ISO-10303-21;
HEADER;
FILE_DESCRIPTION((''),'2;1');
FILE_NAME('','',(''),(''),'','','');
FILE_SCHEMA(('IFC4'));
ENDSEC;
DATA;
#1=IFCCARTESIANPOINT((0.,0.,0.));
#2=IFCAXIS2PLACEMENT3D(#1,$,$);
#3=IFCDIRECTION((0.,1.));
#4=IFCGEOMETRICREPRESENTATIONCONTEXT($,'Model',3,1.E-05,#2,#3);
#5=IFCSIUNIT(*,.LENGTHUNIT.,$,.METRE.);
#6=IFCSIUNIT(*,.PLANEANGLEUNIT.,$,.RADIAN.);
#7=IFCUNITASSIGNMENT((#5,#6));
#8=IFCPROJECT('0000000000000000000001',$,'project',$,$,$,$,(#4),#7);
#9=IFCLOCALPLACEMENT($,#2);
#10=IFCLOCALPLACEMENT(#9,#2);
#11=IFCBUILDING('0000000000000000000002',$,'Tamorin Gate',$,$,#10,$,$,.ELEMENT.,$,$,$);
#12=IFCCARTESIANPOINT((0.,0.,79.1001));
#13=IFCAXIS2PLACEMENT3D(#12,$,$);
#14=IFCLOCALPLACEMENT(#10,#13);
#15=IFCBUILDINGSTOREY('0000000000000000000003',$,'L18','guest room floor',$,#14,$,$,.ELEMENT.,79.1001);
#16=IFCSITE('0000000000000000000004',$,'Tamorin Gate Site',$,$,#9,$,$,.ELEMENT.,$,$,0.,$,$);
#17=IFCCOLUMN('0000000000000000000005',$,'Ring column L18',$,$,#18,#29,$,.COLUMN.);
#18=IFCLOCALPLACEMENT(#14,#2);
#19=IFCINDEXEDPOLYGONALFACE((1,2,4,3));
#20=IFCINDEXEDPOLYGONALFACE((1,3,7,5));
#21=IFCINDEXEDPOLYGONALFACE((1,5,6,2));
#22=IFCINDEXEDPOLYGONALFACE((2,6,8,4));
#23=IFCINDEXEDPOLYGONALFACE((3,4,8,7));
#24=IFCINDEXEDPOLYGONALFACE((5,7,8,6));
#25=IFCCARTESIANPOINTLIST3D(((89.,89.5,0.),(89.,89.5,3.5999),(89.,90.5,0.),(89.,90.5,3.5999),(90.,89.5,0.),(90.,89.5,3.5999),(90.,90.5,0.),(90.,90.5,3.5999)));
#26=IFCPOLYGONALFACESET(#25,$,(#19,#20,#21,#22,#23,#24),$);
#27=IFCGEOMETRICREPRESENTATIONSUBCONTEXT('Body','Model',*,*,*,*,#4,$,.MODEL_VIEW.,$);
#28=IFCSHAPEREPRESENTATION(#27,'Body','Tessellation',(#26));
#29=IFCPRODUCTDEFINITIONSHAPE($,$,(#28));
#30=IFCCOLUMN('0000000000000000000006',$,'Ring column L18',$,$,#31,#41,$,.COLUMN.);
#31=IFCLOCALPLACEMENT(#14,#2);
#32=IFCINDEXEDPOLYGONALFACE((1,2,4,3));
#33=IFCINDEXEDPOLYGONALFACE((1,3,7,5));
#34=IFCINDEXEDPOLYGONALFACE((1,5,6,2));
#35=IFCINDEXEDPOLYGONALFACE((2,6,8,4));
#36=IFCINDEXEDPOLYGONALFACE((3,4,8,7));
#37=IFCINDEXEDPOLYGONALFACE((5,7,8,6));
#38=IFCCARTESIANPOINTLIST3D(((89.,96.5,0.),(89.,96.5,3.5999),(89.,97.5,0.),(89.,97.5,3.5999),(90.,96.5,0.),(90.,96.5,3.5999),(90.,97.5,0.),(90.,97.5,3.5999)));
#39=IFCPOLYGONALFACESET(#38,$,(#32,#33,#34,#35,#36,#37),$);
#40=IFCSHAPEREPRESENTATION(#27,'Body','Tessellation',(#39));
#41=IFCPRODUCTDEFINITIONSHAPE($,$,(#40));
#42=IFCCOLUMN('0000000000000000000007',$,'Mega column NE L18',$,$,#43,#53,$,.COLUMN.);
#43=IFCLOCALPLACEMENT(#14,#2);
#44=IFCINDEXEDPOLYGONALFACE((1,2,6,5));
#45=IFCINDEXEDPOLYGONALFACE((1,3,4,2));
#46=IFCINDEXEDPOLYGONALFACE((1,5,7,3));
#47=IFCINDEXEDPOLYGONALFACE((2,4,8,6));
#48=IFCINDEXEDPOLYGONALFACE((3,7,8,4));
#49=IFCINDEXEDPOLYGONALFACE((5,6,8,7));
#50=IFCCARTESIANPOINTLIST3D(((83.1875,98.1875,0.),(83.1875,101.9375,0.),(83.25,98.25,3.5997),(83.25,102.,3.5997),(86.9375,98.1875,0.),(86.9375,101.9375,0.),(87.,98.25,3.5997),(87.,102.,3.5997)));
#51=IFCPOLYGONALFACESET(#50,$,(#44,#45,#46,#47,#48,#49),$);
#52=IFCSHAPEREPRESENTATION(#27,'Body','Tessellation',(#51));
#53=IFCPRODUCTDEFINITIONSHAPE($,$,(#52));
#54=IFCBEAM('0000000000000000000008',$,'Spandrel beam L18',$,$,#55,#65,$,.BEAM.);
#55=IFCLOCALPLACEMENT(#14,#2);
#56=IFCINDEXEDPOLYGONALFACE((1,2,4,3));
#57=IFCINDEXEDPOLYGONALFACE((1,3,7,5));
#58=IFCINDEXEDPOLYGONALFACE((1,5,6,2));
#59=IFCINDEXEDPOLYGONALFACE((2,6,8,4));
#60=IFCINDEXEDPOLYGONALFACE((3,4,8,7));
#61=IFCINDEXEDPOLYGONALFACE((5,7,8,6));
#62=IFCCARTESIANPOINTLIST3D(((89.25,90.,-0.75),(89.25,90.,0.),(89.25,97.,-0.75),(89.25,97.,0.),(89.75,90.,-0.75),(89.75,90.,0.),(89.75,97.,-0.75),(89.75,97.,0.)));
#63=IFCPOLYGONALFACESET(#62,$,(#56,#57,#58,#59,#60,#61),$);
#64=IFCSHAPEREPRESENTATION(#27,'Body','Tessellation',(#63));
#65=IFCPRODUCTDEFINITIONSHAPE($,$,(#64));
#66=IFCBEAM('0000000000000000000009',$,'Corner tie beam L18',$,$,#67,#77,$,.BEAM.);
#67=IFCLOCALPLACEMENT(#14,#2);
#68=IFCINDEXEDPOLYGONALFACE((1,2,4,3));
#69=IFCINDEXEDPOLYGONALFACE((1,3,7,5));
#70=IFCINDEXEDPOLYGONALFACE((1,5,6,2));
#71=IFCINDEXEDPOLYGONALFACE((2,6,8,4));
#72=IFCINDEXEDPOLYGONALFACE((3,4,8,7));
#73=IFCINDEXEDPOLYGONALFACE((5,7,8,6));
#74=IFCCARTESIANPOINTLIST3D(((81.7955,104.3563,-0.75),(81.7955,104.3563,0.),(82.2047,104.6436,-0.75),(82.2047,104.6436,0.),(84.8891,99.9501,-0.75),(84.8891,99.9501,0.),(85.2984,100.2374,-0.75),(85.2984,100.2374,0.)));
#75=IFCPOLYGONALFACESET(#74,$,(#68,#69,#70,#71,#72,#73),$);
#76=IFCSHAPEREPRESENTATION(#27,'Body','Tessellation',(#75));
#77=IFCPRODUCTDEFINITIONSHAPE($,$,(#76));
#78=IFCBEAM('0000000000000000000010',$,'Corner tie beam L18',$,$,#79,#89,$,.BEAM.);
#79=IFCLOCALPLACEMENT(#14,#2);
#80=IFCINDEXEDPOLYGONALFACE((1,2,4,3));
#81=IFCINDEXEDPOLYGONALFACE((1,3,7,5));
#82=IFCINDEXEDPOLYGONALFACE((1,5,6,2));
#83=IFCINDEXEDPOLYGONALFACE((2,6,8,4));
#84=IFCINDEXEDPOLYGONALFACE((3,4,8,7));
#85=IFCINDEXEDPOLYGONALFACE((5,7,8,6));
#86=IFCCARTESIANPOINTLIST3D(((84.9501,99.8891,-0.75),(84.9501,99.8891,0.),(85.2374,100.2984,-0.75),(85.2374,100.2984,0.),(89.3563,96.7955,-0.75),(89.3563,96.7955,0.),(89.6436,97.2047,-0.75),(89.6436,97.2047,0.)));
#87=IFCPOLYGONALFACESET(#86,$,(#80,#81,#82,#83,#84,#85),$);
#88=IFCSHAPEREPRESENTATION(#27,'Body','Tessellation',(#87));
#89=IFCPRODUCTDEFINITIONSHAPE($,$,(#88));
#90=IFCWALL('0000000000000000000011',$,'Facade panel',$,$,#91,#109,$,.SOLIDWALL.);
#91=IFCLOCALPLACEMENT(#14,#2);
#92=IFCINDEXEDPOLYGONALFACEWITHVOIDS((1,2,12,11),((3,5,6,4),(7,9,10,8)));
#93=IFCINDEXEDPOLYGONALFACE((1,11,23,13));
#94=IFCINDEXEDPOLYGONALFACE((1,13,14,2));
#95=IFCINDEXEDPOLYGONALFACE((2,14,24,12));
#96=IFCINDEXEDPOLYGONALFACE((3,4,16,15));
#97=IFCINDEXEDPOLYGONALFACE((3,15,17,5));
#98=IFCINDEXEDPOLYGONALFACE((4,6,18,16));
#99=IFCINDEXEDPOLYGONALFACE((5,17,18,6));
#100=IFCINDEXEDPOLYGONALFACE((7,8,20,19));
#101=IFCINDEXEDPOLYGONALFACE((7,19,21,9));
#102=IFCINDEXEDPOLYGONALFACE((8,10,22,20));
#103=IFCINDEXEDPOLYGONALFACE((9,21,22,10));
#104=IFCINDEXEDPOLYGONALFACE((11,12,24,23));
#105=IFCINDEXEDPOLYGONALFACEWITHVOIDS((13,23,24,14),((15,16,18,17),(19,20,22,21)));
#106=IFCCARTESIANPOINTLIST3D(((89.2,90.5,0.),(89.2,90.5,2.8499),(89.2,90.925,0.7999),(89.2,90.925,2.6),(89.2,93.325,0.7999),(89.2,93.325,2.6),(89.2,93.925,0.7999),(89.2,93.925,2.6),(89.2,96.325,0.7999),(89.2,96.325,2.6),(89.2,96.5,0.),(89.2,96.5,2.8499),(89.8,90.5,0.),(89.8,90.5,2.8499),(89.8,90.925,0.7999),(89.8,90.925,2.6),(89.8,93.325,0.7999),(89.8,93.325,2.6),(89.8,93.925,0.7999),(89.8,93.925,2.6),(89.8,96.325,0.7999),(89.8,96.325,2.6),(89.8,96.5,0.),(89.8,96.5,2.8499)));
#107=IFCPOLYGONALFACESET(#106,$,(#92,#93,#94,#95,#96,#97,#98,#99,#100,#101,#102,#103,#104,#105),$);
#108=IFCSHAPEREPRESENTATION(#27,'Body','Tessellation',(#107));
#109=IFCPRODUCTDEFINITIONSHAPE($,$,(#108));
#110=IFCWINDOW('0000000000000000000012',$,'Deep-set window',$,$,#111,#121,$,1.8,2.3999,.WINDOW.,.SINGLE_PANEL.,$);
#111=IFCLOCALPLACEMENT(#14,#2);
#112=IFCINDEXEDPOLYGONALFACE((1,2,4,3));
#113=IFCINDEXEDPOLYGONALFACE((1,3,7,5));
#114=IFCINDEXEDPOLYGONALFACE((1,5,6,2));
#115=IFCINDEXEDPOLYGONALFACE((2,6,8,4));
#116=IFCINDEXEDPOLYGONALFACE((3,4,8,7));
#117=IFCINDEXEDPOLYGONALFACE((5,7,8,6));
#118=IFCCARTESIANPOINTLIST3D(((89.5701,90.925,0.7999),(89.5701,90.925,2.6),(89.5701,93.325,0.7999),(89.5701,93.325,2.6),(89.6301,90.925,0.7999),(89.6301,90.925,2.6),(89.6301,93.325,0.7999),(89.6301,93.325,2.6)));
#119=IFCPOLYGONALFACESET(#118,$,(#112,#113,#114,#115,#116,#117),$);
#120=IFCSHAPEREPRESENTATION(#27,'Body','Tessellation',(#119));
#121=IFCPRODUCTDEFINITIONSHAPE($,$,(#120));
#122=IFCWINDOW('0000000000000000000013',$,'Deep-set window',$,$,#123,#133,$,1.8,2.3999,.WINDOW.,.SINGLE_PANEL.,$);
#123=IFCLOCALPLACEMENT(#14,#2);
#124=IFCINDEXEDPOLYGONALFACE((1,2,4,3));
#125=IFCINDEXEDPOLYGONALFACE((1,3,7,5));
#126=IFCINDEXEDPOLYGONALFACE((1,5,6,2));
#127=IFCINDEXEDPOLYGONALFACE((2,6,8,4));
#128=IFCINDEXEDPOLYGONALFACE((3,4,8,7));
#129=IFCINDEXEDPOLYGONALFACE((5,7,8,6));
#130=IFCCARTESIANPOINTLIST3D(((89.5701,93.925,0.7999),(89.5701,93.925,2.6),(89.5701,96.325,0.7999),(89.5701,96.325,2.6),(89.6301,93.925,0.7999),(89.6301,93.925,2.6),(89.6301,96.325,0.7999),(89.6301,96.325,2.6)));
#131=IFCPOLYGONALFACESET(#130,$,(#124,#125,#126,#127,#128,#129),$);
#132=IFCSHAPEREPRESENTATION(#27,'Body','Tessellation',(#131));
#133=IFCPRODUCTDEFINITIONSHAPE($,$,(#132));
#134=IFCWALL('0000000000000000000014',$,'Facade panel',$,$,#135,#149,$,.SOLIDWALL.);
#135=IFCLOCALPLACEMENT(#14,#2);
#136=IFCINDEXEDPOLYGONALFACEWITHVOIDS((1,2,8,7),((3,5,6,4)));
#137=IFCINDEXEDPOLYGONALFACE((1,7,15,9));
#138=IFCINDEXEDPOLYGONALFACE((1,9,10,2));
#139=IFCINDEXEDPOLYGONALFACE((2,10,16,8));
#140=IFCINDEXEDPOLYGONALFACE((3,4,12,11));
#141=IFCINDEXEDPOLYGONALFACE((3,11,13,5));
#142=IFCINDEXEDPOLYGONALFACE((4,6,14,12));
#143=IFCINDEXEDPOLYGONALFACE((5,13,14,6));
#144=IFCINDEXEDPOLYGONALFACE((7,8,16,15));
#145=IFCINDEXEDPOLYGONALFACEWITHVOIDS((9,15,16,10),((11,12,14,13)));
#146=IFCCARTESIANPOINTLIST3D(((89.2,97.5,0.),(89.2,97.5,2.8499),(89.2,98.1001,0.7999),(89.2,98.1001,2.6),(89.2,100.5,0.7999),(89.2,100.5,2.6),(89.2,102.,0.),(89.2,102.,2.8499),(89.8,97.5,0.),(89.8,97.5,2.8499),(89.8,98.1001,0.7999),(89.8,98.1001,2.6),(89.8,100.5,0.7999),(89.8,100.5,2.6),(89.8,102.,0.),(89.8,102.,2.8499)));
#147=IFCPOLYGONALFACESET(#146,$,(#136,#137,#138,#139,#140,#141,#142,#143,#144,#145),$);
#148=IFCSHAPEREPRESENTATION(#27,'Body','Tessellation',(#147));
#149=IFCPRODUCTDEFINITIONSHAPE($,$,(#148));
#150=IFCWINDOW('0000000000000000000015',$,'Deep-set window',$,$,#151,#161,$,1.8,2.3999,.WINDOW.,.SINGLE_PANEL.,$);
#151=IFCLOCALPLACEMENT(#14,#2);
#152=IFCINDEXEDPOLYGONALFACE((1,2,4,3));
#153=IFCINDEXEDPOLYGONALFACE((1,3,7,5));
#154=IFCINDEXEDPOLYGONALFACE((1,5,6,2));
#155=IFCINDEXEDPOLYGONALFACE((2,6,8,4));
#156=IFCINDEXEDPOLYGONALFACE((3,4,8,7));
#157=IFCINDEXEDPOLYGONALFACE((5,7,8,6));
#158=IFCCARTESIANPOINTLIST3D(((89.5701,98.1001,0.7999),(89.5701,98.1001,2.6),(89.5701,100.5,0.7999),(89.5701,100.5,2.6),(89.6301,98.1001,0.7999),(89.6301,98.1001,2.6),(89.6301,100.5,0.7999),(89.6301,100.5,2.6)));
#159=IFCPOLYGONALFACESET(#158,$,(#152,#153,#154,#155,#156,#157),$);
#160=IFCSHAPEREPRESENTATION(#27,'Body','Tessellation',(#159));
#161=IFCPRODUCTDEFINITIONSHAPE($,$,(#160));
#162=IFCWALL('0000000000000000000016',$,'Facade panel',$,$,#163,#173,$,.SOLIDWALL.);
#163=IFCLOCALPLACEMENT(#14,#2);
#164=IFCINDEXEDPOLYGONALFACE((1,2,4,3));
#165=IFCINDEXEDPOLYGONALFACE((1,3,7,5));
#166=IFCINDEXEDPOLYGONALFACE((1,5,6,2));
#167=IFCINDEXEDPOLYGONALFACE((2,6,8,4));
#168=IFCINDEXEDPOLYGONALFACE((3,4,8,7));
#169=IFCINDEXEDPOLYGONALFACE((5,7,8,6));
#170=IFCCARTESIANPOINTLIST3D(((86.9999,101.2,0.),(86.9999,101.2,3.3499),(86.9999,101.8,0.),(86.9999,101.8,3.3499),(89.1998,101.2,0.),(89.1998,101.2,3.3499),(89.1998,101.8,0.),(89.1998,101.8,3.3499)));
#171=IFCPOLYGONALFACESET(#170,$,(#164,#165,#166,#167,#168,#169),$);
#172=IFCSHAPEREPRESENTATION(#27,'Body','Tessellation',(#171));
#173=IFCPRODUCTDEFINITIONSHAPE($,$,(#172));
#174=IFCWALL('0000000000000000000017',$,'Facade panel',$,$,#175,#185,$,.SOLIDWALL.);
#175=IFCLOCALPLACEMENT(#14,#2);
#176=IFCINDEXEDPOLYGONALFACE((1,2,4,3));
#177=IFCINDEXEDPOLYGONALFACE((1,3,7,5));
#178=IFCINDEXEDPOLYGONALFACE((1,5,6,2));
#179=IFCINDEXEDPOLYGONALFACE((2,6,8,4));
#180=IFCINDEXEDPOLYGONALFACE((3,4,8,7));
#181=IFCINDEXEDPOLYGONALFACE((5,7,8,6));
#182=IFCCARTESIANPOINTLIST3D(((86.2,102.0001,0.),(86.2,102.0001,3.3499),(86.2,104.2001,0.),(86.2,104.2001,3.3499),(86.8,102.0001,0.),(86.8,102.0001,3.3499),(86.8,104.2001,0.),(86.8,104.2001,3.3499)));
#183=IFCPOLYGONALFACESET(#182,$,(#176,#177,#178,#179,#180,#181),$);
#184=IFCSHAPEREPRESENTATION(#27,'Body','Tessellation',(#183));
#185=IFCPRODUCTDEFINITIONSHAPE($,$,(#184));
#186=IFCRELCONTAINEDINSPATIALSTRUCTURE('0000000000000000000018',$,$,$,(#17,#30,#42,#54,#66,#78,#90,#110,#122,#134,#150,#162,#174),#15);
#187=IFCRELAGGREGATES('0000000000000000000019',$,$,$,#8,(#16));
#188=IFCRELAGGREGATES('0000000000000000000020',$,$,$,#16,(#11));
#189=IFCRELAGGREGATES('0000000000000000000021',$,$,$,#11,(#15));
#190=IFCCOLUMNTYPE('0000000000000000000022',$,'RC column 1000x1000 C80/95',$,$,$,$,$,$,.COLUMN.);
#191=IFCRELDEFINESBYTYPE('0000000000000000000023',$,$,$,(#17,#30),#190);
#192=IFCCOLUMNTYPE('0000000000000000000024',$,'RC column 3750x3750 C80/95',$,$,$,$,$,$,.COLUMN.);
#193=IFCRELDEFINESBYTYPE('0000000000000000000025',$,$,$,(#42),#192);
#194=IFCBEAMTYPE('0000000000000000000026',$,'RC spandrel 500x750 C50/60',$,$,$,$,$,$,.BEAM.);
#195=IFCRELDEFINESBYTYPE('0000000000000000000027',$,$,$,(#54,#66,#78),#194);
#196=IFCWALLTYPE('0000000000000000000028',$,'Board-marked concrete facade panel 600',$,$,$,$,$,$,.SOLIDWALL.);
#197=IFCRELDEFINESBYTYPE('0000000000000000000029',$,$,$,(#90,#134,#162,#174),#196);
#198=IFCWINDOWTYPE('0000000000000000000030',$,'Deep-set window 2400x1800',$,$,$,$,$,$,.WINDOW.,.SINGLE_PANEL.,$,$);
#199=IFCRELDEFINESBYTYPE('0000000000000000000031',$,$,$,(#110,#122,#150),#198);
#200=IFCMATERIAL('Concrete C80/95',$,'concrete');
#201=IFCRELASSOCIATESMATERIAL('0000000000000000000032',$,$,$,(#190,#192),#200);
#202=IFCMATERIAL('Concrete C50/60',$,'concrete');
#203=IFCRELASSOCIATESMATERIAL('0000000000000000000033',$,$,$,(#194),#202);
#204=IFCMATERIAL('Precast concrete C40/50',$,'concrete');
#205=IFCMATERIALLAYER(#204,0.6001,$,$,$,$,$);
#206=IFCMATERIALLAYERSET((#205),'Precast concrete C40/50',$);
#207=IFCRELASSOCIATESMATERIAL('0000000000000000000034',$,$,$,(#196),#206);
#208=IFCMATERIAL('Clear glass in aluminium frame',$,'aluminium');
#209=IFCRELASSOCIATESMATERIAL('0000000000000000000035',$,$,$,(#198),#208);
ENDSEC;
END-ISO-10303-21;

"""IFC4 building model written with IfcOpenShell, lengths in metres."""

from ifc_helpers import new_model, si_unit, direction, frame, frame_2d, origin, origin_2d, place, context, subcontext, project, spatial, rectangle, extrude, material, layer, layer_set, material_profile, profile_set, type_object, element, fill, save


model = new_model("IFC4")

# Units and contexts
model_context = context("Model", 3, precision=1e-05, world=origin(), true_north=direction((0.0, 1.0)))
body_context = subcontext(model_context, "Body", "Model", "MODEL_VIEW")
ifc_project = project(units=[si_unit("LENGTHUNIT", "METRE"), si_unit("PLANEANGLEUNIT", "RADIAN")], contexts=[model_context])

# Site, building, storey
site_placement = place(None, origin())
site = spatial("IfcSite", under=ifc_project, at=site_placement, Name="Tamorin Gate Site", CompositionType="ELEMENT", RefElevation=0.0)
building_placement = place(site_placement, origin())
building = spatial("IfcBuilding", under=site, at=building_placement, Name="Tamorin Gate", CompositionType="ELEMENT")
storey_placement = place(building_placement, frame((0.0, 0.0, 79.1001)))
storey = spatial("IfcBuildingStorey", under=building, at=storey_placement, Name="L18", Description="guest room floor", CompositionType="ELEMENT", Elevation=79.1001)

# Columns
ifc_material_1 = material(Name="Concrete C80/95", Category="concrete")
ifc_material_profile_1 = material_profile(ifc_material_1, rectangle(XDim=1.0, YDim=1.0, at=origin_2d()), Name="RC 1000x1000")
ifc_profile_set_1 = profile_set([ifc_material_profile_1], Name="Concrete C80/95")
column_type_1 = type_object("IfcColumnType", Name="RC column 1000x1000 C80/95", PredefinedType="COLUMN", material=ifc_profile_set_1)
for number, where, z_axis, x_axis, name in (
    (1, (89.5, 90.0, 0.0), (0.0, 0.0, 1.0), (1.0, 0.0, 0.0), "Ring column L18"),
    (2, (89.5, 97.0, 0.0), (0.0, 0.0, 1.0), (1.0, 0.0, 0.0), "Ring column L18"),
):
    element("IfcColumn", number, at=place(storey_placement, frame(where, z_axis=z_axis, x_axis=x_axis)), inside=storey, type_object=column_type_1, Name=name, PredefinedType="COLUMN", context=body_context, shape_type="SweptSolid", body=[
        extrude(rectangle(XDim=1.0, YDim=1.0, at=origin_2d()), origin(), (0.0, 0.0, 1.0), 3.5999),
    ])
ifc_material_profile_2 = material_profile(ifc_material_1, rectangle(XDim=3.75, YDim=3.75, at=origin_2d()), Name="RC 3750x3750")
ifc_profile_set_2 = profile_set([ifc_material_profile_2], Name="Concrete C80/95")
column_type_2 = type_object("IfcColumnType", Name="RC column 3750x3750 C80/95", PredefinedType="COLUMN", material=ifc_profile_set_2)
column_placement = place(storey_placement, frame((85.0625, 100.0625, 0.0), z_axis=(0.0, 0.0, 1.0), x_axis=(1.0, 0.0, 0.0)))
element("IfcColumn", 3, at=column_placement, inside=storey, type_object=column_type_2, Name="Mega column NE L18", PredefinedType="COLUMN", context=body_context, shape_type="SweptSolid", body=[
    extrude(rectangle(XDim=3.75, YDim=3.75, at=origin_2d()), origin(), (0.017357, 0.017357, 0.999699), 3.6008),
])

# Beams
ifc_material_2 = material(Name="Concrete C50/60", Category="concrete")
ifc_material_profile_3 = material_profile(ifc_material_2, rectangle(XDim=0.5, YDim=0.75, at=origin_2d()), Name="RC 500x750")
ifc_profile_set_3 = profile_set([ifc_material_profile_3], Name="Concrete C50/60")
beam_type = type_object("IfcBeamType", Name="RC spandrel 500x750 C50/60", PredefinedType="BEAM", material=ifc_profile_set_3)
beam_placement = place(storey_placement, frame((89.5, 90.0, -0.375), z_axis=(0.0, 1.0, 0.0), x_axis=(-1.0, 0.0, 0.0)))
element("IfcBeam", 4, at=beam_placement, inside=storey, type_object=beam_type, Name="Spandrel beam L18", PredefinedType="BEAM", context=body_context, shape_type="SweptSolid", body=[
    extrude(rectangle(XDim=0.5, YDim=0.75, at=origin_2d()), origin(), (0.0, 0.0, 1.0), 7.0),
])
for number, where, z_axis, x_axis, name in (
    (5, (85.0938, 100.0938, -0.375), (-0.57463, 0.818413, 0.0), (-0.818413, -0.57463, 0.0), "Corner tie beam L18"),
    (6, (85.0938, 100.0938, -0.375), (0.818413, -0.57463, 0.0), (0.57463, 0.818413, 0.0), "Corner tie beam L18"),
):
    element("IfcBeam", number, at=place(storey_placement, frame(where, z_axis=z_axis, x_axis=x_axis)), inside=storey, type_object=beam_type, Name=name, PredefinedType="BEAM", context=body_context, shape_type="SweptSolid", body=[
        extrude(rectangle(XDim=0.5, YDim=0.75, at=origin_2d()), origin(), (0.0, 0.0, 1.0), 5.3838),
    ])

# Wall, openings, windows
ifc_material_3 = material(Name="Precast concrete C40/50", Category="concrete")
ifc_layer_1 = layer(ifc_material_3, 0.6001)
ifc_layer_set_1 = layer_set([ifc_layer_1], Name="Precast concrete C40/50")
wall_type_1 = type_object("IfcWallType", Name="Board-marked concrete facade panel 600", PredefinedType="SOLIDWALL", material=ifc_layer_set_1)
wall_1_placement = place(storey_placement, frame((89.5, 90.5, 0.0), z_axis=(0.0, 0.0, 1.0), x_axis=(0.0, 1.0, 0.0)))
wall_1 = element("IfcWall", 7, at=wall_1_placement, inside=storey, type_object=wall_type_1, Name="Facade panel", PredefinedType="SOLIDWALL", context=body_context, shape_type="SweptSolid", body=[
    extrude(rectangle(XDim=6.0, YDim=0.6001, at=frame_2d((3.0, 0.0))), origin(), (0.0, 0.0, 1.0), 2.8499),
])
opening_1_placement = place(wall_1_placement, frame((0.425, 0.0, 0.8)))
opening_1 = element("IfcOpeningElement", 8, at=opening_1_placement, cuts=wall_1, PredefinedType="OPENING", context=body_context, shape_type="SweptSolid", body=[
    extrude(rectangle(XDim=2.3999, YDim=1.8, at=frame_2d((1.2, 0.8999))), frame((0.0, 0.3101, 0.0), z_axis=(0.0, -1.0, 0.0), x_axis=(1.0, 0.0, 0.0)), (0.0, 0.0, 1.0), 0.6201),
])
opening_2_placement = place(wall_1_placement, frame((3.425, 0.0, 0.8)))
opening_2 = element("IfcOpeningElement", 9, at=opening_2_placement, cuts=wall_1, PredefinedType="OPENING", context=body_context, shape_type="SweptSolid", body=[
    extrude(rectangle(XDim=2.3999, YDim=1.8, at=frame_2d((1.2, 0.8999))), frame((0.0, 0.3101, 0.0), z_axis=(0.0, -1.0, 0.0), x_axis=(1.0, 0.0, 0.0)), (0.0, 0.0, 1.0), 0.6201),
])
ifc_material_4 = material(Name="Clear glass in aluminium frame", Category="aluminium")
window_type = type_object("IfcWindowType", Name="Deep-set window 2400x1800", PartitioningType="SINGLE_PANEL", PredefinedType="WINDOW", material=ifc_material_4)
window_1_placement = place(opening_1_placement, origin())
window_1 = element("IfcWindow", 10, at=window_1_placement, inside=storey, type_object=window_type, Name="Deep-set window", OverallHeight=1.8, OverallWidth=2.3999, PartitioningType="SINGLE_PANEL", PredefinedType="WINDOW", context=body_context, shape_type="SweptSolid", body=[
    extrude(rectangle(XDim=2.3999, YDim=1.8, at=frame_2d((1.2, 0.8999))), frame((0.0, -0.0701, 0.0), z_axis=(0.0, -1.0, 0.0), x_axis=(1.0, 0.0, 0.0)), (0.0, 0.0, 1.0), 0.0601),
])
fill(opening_1, window_1)
window_2_placement = place(opening_2_placement, origin())
window_2 = element("IfcWindow", 11, at=window_2_placement, inside=storey, type_object=window_type, Name="Deep-set window", OverallHeight=1.8, OverallWidth=2.3999, PartitioningType="SINGLE_PANEL", PredefinedType="WINDOW", context=body_context, shape_type="SweptSolid", body=[
    extrude(rectangle(XDim=2.3999, YDim=1.8, at=frame_2d((1.2, 0.8999))), frame((0.0, -0.0701, 0.0), z_axis=(0.0, -1.0, 0.0), x_axis=(1.0, 0.0, 0.0)), (0.0, 0.0, 1.0), 0.0601),
])
fill(opening_2, window_2)

# Wall, opening, window
wall_2_placement = place(storey_placement, frame((89.5, 97.5, 0.0), z_axis=(0.0, 0.0, 1.0), x_axis=(0.0, 1.0, 0.0)))
wall_2 = element("IfcWall", 12, at=wall_2_placement, inside=storey, type_object=wall_type_1, Name="Facade panel", PredefinedType="SOLIDWALL", context=body_context, shape_type="SweptSolid", body=[
    extrude(rectangle(XDim=4.5, YDim=0.6001, at=frame_2d((2.25, 0.0))), origin(), (0.0, 0.0, 1.0), 2.8499),
])
opening_3_placement = place(wall_2_placement, frame((0.6001, 0.0, 0.8)))
opening_3 = element("IfcOpeningElement", 13, at=opening_3_placement, cuts=wall_2, PredefinedType="OPENING", context=body_context, shape_type="SweptSolid", body=[
    extrude(rectangle(XDim=2.3999, YDim=1.8, at=frame_2d((1.2, 0.8999))), frame((0.0, 0.3101, 0.0), z_axis=(0.0, -1.0, 0.0), x_axis=(1.0, 0.0, 0.0)), (0.0, 0.0, 1.0), 0.6201),
])
window_3_placement = place(opening_3_placement, origin())
window_3 = element("IfcWindow", 14, at=window_3_placement, inside=storey, type_object=window_type, Name="Deep-set window", OverallHeight=1.8, OverallWidth=2.3999, PartitioningType="SINGLE_PANEL", PredefinedType="WINDOW", context=body_context, shape_type="SweptSolid", body=[
    extrude(rectangle(XDim=2.3999, YDim=1.8, at=frame_2d((1.2, 0.8999))), frame((0.0, -0.0701, 0.0), z_axis=(0.0, -1.0, 0.0), x_axis=(1.0, 0.0, 0.0)), (0.0, 0.0, 1.0), 0.0601),
])
fill(opening_3, window_3)

# Walls
for number, where, z_axis, x_axis, name in (
    (15, (89.2, 101.5, 0.0), (0.0, 0.0, 1.0), (-1.0, 0.0, 0.0), "Facade panel"),
    (16, (86.5, 102.0, 0.0), (0.0, 0.0, 1.0), (0.0, 1.0, 0.0), "Facade panel"),
):
    element("IfcWall", number, at=place(storey_placement, frame(where, z_axis=z_axis, x_axis=x_axis)), inside=storey, type_object=wall_type_1, Name=name, PredefinedType="SOLIDWALL", context=body_context, shape_type="SweptSolid", body=[
        extrude(rectangle(XDim=2.2, YDim=0.6001, at=frame_2d((1.1001, 0.0))), origin(), (0.0, 0.0, 1.0), 3.3499),
    ])

save(model, "model.ifc")
